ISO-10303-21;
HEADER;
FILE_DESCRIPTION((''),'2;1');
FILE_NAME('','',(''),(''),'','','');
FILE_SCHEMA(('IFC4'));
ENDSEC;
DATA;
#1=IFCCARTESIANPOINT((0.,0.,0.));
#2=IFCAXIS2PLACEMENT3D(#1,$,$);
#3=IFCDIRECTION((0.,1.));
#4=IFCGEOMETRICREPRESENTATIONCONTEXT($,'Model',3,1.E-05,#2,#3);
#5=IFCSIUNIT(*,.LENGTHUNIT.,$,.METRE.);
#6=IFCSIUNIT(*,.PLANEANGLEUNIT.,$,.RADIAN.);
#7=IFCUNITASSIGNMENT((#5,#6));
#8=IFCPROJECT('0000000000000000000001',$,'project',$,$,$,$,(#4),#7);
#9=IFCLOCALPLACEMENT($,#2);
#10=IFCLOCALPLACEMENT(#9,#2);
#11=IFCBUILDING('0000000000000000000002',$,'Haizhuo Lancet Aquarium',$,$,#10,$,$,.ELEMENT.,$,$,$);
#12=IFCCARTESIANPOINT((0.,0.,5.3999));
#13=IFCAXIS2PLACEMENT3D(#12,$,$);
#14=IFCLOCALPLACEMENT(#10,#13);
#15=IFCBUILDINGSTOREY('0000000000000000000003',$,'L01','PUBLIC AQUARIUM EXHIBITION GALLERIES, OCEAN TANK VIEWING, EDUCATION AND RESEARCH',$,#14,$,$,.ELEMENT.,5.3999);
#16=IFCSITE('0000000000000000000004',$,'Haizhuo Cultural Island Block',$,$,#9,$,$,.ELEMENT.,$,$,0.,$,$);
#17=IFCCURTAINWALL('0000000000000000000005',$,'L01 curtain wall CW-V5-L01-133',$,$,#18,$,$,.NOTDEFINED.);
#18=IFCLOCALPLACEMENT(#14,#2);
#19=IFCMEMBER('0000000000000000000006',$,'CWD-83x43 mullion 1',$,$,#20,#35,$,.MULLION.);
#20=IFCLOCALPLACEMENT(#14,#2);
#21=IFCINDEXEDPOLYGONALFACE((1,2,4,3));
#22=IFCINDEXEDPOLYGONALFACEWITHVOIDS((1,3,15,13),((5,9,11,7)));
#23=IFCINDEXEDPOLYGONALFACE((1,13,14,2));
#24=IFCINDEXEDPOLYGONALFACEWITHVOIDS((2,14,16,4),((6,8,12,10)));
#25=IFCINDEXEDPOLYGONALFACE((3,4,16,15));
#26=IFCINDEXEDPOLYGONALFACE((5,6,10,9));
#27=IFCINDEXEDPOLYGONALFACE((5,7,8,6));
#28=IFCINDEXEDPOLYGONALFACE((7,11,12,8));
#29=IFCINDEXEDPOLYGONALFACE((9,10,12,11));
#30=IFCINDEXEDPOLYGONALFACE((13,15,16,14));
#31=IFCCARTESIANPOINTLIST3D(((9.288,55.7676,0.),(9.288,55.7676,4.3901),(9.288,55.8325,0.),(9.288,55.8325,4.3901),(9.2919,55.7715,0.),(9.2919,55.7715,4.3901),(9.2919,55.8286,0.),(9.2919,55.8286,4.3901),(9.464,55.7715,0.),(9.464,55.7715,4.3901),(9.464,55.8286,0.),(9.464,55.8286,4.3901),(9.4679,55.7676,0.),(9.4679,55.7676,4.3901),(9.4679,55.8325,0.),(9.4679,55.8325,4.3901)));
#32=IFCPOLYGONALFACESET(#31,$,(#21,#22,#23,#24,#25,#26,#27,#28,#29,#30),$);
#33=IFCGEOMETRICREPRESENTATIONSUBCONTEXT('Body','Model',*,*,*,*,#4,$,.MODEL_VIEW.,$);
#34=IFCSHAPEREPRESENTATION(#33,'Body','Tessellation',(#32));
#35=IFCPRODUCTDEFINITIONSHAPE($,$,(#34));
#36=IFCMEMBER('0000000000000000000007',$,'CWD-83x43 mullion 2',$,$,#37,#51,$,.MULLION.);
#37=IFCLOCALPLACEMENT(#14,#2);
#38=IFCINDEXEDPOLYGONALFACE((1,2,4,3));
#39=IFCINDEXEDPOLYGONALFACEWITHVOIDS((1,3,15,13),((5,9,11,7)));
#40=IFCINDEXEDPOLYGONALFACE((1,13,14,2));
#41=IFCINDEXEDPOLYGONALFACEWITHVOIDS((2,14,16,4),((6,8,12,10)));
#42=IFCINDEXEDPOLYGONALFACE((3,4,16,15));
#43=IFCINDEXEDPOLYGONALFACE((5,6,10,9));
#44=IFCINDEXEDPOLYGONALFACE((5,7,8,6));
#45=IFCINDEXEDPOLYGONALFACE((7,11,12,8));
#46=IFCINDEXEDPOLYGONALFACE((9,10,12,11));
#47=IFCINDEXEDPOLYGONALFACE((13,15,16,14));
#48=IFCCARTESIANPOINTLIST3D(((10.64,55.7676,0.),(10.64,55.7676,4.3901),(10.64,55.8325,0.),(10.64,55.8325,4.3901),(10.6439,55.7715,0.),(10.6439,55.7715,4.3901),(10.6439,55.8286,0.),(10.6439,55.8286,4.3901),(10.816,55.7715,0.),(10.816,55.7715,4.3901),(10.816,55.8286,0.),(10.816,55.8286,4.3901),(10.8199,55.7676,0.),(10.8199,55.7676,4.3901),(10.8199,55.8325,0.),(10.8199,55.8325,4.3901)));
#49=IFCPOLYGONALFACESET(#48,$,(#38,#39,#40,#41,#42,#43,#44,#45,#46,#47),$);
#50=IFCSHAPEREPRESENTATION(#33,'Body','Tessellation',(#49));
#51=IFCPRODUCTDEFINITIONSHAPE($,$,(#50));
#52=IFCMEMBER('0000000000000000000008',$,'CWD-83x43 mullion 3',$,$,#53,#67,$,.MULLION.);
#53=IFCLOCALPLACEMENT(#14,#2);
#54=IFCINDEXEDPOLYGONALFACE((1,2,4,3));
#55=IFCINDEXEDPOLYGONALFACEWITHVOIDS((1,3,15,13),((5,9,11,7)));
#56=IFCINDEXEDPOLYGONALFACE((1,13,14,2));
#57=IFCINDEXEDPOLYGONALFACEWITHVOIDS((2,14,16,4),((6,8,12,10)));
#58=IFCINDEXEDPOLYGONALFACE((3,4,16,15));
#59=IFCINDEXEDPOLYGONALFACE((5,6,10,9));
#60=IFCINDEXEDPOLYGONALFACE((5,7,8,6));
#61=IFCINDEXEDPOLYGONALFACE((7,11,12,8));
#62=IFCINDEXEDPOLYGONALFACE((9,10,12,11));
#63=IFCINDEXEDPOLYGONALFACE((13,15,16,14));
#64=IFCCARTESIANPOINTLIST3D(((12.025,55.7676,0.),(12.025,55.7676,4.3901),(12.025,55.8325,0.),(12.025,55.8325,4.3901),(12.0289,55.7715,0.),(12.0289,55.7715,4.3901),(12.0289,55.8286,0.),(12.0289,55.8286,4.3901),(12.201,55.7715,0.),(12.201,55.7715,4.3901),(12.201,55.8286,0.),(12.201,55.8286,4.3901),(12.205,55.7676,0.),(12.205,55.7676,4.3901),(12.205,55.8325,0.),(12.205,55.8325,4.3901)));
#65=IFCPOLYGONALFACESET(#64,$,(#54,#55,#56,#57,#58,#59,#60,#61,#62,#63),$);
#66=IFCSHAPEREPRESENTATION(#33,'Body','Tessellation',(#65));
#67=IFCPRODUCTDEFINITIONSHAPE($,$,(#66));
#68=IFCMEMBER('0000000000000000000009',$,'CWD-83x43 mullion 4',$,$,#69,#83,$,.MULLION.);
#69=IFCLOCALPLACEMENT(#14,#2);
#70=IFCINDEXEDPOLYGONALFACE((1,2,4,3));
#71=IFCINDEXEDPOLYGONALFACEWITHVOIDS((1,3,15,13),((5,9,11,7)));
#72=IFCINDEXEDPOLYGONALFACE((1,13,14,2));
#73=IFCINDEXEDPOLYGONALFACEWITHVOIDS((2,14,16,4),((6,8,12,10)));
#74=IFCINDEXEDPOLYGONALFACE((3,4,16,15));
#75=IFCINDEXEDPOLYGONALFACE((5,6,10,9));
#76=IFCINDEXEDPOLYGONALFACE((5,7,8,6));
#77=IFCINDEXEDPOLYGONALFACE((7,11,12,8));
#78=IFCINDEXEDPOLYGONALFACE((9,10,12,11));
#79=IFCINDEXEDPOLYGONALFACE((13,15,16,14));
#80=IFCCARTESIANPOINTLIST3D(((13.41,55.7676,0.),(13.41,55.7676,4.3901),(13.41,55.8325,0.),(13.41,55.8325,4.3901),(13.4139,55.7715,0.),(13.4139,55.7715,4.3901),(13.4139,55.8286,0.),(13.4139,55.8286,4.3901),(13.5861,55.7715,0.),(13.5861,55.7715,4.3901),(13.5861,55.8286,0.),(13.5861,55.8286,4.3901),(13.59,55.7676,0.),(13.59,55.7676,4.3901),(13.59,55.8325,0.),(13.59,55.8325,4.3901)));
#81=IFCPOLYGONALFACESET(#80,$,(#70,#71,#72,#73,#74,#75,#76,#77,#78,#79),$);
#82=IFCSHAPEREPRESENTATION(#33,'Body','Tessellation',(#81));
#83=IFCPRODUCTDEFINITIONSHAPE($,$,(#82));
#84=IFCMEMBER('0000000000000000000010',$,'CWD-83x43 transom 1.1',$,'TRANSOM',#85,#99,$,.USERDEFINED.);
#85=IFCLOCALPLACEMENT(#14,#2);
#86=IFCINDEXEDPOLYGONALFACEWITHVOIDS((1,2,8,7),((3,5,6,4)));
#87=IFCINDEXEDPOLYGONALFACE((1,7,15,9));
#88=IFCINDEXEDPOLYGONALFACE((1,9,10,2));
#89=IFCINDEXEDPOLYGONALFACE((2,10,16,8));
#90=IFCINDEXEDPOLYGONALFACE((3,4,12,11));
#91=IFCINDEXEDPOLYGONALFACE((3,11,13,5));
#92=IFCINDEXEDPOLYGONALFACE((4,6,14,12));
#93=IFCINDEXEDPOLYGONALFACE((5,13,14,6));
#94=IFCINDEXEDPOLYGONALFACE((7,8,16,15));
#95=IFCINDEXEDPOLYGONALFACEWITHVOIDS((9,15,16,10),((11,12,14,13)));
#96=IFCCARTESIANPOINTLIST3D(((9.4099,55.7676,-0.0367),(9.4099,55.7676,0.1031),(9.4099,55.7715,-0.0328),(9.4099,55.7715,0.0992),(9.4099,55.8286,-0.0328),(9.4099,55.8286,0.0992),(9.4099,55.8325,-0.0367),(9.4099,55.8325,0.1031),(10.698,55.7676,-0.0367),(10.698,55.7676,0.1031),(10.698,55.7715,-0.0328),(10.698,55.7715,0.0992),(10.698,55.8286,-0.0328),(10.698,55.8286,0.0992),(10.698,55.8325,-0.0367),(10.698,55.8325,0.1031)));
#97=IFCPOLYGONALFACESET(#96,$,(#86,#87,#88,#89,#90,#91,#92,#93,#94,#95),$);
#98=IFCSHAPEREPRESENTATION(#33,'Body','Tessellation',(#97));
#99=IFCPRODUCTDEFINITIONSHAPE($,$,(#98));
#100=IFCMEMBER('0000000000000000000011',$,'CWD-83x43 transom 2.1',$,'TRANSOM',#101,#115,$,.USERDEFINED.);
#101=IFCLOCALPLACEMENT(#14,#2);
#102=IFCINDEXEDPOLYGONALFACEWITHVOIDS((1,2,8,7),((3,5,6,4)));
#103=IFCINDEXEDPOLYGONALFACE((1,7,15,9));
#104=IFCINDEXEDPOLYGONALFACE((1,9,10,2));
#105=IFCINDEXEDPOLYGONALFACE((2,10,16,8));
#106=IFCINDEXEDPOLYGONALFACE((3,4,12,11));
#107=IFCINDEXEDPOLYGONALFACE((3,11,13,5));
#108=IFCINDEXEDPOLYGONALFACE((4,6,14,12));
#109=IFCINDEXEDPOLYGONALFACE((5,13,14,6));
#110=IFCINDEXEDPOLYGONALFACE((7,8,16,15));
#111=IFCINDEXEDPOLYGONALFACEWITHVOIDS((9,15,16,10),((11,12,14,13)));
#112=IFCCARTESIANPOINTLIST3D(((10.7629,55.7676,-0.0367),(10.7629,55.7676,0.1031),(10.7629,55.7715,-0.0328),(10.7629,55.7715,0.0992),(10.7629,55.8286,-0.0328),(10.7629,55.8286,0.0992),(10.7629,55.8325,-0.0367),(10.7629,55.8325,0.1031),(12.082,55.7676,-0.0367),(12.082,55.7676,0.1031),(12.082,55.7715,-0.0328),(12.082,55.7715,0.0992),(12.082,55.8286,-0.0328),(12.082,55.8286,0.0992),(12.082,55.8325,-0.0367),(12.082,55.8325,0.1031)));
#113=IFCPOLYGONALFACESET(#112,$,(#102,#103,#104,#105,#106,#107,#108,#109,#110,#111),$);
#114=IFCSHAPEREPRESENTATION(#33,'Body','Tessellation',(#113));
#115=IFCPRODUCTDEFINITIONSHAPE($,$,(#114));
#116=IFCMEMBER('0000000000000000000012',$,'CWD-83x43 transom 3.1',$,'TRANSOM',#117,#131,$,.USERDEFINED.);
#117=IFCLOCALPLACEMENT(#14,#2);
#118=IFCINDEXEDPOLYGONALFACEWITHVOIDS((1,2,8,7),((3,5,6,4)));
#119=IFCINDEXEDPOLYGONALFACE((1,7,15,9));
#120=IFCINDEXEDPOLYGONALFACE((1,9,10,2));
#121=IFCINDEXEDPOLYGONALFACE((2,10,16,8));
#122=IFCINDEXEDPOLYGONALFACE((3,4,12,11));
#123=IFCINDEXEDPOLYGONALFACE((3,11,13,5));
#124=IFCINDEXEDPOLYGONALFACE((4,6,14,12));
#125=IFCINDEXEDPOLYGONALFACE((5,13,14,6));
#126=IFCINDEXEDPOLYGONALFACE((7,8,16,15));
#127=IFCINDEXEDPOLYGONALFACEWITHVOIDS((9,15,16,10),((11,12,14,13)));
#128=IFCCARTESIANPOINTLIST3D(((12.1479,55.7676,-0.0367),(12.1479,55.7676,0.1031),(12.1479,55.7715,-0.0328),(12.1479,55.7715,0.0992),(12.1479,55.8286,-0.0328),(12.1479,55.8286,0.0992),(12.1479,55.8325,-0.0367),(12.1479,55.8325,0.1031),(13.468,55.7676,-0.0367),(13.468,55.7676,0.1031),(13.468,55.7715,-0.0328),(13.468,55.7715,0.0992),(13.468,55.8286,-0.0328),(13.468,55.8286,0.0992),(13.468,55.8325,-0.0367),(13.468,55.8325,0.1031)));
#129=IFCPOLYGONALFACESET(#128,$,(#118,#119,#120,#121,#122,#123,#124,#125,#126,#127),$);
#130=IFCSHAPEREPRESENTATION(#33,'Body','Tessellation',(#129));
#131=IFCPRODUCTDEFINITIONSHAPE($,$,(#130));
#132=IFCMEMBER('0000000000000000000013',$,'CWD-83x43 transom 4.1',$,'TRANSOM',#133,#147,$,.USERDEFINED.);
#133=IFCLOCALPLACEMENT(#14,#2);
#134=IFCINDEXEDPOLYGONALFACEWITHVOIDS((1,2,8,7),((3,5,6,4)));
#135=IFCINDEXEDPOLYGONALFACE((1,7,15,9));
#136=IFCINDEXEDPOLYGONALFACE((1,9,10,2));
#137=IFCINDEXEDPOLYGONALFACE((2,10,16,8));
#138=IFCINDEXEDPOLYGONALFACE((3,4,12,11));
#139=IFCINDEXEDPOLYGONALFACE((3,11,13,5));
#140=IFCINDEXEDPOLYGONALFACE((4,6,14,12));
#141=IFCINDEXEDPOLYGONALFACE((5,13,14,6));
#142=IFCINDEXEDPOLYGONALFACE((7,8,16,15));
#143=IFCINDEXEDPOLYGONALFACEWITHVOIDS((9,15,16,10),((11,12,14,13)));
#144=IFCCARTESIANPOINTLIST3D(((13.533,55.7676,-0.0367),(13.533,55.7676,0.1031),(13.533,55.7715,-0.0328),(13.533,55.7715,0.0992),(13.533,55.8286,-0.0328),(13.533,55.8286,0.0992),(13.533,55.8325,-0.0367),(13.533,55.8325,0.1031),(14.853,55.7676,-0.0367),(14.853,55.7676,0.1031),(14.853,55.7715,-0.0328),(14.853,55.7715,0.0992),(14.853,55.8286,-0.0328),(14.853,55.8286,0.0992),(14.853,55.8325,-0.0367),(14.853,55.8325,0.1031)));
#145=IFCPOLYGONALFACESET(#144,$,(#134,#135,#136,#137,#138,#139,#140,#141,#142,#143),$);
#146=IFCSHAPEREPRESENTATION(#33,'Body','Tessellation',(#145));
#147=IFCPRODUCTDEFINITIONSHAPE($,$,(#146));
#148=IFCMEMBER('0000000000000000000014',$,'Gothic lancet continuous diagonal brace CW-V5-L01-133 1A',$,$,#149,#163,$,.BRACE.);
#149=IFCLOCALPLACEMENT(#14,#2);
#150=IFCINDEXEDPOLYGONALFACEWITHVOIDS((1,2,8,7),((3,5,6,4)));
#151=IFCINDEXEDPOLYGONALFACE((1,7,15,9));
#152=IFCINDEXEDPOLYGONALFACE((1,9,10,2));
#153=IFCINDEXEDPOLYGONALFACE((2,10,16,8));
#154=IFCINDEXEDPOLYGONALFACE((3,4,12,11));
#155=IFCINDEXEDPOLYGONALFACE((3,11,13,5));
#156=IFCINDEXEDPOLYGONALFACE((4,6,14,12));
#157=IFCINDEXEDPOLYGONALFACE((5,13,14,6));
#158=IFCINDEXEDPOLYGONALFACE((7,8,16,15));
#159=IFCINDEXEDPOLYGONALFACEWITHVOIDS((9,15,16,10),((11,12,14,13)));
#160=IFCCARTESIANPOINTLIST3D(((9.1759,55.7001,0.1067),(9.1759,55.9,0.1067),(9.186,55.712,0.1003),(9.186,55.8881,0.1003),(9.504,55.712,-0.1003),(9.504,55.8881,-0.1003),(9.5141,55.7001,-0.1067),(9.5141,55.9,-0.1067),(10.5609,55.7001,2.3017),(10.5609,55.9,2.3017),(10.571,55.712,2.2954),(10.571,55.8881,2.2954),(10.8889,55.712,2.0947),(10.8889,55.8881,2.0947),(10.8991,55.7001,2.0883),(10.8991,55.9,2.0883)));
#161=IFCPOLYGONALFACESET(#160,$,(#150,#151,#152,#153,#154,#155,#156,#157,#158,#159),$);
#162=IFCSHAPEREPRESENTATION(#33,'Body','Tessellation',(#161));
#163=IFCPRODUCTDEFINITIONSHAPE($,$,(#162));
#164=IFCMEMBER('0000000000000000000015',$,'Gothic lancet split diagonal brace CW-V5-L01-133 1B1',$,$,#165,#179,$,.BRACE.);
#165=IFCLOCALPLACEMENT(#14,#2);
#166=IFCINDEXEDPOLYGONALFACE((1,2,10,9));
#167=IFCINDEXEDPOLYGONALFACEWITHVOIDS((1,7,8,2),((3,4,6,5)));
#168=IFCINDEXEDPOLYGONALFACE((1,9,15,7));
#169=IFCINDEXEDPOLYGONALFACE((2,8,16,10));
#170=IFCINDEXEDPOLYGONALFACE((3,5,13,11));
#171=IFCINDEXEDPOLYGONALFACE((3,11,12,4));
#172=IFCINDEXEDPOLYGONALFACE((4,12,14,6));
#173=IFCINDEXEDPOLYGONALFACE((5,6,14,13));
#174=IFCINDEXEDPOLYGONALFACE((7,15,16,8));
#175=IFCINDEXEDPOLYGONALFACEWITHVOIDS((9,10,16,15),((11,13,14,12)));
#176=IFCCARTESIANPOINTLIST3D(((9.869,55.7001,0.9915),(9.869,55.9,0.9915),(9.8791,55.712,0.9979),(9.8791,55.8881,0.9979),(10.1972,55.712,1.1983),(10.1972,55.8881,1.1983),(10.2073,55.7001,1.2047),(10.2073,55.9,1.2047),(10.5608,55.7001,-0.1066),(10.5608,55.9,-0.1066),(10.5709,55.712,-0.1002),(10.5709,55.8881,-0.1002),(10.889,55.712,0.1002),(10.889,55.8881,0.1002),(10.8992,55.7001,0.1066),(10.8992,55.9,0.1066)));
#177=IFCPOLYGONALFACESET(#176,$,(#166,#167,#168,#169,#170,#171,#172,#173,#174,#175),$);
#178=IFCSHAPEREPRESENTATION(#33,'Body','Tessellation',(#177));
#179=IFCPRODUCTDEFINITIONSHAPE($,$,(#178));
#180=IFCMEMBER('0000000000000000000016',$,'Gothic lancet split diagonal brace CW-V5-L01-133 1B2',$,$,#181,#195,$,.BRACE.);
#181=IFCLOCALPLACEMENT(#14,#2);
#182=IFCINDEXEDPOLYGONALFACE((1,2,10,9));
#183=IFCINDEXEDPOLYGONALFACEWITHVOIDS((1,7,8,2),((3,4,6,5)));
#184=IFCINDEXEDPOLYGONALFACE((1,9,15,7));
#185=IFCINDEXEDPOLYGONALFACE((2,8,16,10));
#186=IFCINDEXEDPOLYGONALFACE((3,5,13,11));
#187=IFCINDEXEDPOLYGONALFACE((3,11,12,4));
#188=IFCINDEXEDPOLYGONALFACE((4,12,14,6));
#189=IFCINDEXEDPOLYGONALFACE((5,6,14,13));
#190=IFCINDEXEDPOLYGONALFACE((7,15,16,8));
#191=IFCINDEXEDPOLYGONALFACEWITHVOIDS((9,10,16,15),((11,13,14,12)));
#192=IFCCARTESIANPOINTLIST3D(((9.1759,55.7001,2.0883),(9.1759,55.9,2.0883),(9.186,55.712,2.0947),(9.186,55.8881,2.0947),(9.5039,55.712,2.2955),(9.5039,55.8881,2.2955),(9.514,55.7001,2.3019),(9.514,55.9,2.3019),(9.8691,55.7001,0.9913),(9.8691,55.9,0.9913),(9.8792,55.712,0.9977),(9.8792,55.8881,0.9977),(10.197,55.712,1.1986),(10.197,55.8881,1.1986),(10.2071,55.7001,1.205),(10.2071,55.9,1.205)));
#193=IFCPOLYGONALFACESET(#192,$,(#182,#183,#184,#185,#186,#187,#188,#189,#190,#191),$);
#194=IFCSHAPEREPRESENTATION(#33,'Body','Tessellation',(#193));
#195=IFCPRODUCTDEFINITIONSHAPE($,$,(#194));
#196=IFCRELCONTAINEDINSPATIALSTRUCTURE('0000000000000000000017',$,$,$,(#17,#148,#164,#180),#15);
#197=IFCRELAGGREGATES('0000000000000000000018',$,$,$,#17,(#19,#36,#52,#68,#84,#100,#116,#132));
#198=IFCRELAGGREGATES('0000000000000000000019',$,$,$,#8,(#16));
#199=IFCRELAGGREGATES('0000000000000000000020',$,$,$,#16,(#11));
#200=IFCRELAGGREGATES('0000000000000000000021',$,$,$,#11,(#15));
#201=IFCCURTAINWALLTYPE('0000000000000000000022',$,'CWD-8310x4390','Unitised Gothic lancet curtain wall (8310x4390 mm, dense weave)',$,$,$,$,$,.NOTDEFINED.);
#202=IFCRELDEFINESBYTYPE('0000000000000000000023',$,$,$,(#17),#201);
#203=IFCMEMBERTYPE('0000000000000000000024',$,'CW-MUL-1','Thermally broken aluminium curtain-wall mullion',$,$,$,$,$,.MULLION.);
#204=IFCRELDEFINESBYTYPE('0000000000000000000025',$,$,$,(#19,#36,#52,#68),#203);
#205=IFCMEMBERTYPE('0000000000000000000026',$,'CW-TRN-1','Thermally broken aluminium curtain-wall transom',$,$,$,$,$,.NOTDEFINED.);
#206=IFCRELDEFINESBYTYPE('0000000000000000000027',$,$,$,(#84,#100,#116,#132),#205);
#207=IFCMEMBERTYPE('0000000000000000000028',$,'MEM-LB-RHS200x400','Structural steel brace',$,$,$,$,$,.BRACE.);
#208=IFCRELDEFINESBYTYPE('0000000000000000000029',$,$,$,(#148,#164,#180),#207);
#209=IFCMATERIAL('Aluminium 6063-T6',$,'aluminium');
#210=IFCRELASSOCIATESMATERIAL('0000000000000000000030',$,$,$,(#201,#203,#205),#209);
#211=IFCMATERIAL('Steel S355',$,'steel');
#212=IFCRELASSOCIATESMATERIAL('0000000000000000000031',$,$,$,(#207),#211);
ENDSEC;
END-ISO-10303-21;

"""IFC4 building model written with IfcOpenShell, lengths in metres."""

from ifc_helpers import new_model, si_unit, direction, frame, origin, origin_2d, place, context, subcontext, project, spatial, hollow_rectangle, extrude, material, material_profile, profile_set, type_object, element, aggregate, save


model = new_model("IFC4")

# Units and contexts
model_context = context("Model", 3, precision=1e-05, world=origin(), true_north=direction((0.0, 1.0)))
body_context = subcontext(model_context, "Body", "Model", "MODEL_VIEW")
ifc_project = project(units=[si_unit("LENGTHUNIT", "METRE"), si_unit("PLANEANGLEUNIT", "RADIAN")], contexts=[model_context])

# Site, building, storey
site_placement = place(None, origin())
site = spatial("IfcSite", under=ifc_project, at=site_placement, Name="Haizhuo Cultural Island Block", CompositionType="ELEMENT", RefElevation=0.0)
building_placement = place(site_placement, origin())
building = spatial("IfcBuilding", under=site, at=building_placement, Name="Haizhuo Lancet Aquarium", CompositionType="ELEMENT")
storey_placement = place(building_placement, frame((0.0, 0.0, 5.3999)))
storey = spatial("IfcBuildingStorey", under=building, at=storey_placement, Name="L01", Description="PUBLIC AQUARIUM EXHIBITION GALLERIES, OCEAN TANK VIEWING, EDUCATION AND RESEARCH", CompositionType="ELEMENT", Elevation=5.3999)

# Curtain wall, members
ifc_material_1 = material(Name="Aluminium 6063-T6", Category="aluminium")
curtain_wall_type = type_object("IfcCurtainWallType", Name="CWD-8310x4390", Description="Unitised Gothic lancet curtain wall (8310x4390 mm, dense weave)", PredefinedType="NOTDEFINED", material=ifc_material_1)
curtain_wall_placement = place(storey_placement, origin())
curtain_wall = element("IfcCurtainWall", 1, at=curtain_wall_placement, inside=storey, type_object=curtain_wall_type, Name="L01 curtain wall CW-V5-L01-133", PredefinedType="NOTDEFINED")
ifc_material_profile_1 = material_profile(ifc_material_1, hollow_rectangle(XDim=0.0649, YDim=0.1799, WallThickness=0.0039, at=origin_2d()), Name="ALU-M 65x180x4")
ifc_profile_set_1 = profile_set([ifc_material_profile_1], Name="Aluminium 6063-T6")
member_type_1 = type_object("IfcMemberType", Name="CW-MUL-1", Description="Thermally broken aluminium curtain-wall mullion", PredefinedType="MULLION", material=ifc_profile_set_1)
member_1_placement = place(storey_placement, frame((9.3779, 55.8, 0.0), z_axis=(0.0, 0.0, 1.0), x_axis=(0.0, 1.0, 0.0)))
member_1 = element("IfcMember", 2, at=member_1_placement, type_object=member_type_1, Name="CWD-83x43 mullion 1", PredefinedType="MULLION", context=body_context, shape_type="SweptSolid", body=[
    extrude(hollow_rectangle(XDim=0.0649, YDim=0.1799, WallThickness=0.0039, at=origin_2d()), origin(), (0.0, 0.0, 1.0), 4.3901),
])
member_2_placement = place(storey_placement, frame((10.73, 55.8, 0.0), z_axis=(0.0, 0.0, 1.0), x_axis=(0.0, 1.0, 0.0)))
member_2 = element("IfcMember", 3, at=member_2_placement, type_object=member_type_1, Name="CWD-83x43 mullion 2", PredefinedType="MULLION", context=body_context, shape_type="SweptSolid", body=[
    extrude(hollow_rectangle(XDim=0.0649, YDim=0.1799, WallThickness=0.0039, at=origin_2d()), origin(), (0.0, 0.0, 1.0), 4.3901),
])
member_3_placement = place(storey_placement, frame((12.115, 55.8, 0.0), z_axis=(0.0, 0.0, 1.0), x_axis=(0.0, 1.0, 0.0)))
member_3 = element("IfcMember", 4, at=member_3_placement, type_object=member_type_1, Name="CWD-83x43 mullion 3", PredefinedType="MULLION", context=body_context, shape_type="SweptSolid", body=[
    extrude(hollow_rectangle(XDim=0.0649, YDim=0.1799, WallThickness=0.0039, at=origin_2d()), origin(), (0.0, 0.0, 1.0), 4.3901),
])
member_4_placement = place(storey_placement, frame((13.5, 55.8, 0.0), z_axis=(0.0, 0.0, 1.0), x_axis=(0.0, 1.0, 0.0)))
member_4 = element("IfcMember", 5, at=member_4_placement, type_object=member_type_1, Name="CWD-83x43 mullion 4", PredefinedType="MULLION", context=body_context, shape_type="SweptSolid", body=[
    extrude(hollow_rectangle(XDim=0.0649, YDim=0.1799, WallThickness=0.0039, at=origin_2d()), origin(), (0.0, 0.0, 1.0), 4.3901),
])
ifc_material_profile_2 = material_profile(ifc_material_1, hollow_rectangle(XDim=0.0649, YDim=0.1399, WallThickness=0.0039, at=origin_2d()), Name="ALU-T 65x140x4")
ifc_profile_set_2 = profile_set([ifc_material_profile_2], Name="Aluminium 6063-T6")
member_type_2 = type_object("IfcMemberType", Name="CW-TRN-1", Description="Thermally broken aluminium curtain-wall transom", PredefinedType="NOTDEFINED", material=ifc_profile_set_2)
member_5_placement = place(storey_placement, frame((9.4099, 55.8, 0.0332), z_axis=(1.0, 0.0, 0.0), x_axis=(0.0, 1.0, 0.0)))
member_5 = element("IfcMember", 6, at=member_5_placement, type_object=member_type_2, Name="CWD-83x43 transom 1.1", ObjectType="TRANSOM", PredefinedType="USERDEFINED", context=body_context, shape_type="SweptSolid", body=[
    extrude(hollow_rectangle(XDim=0.0649, YDim=0.1399, WallThickness=0.0039, at=origin_2d()), origin(), (0.0, 0.0, 1.0), 1.2881),
])
member_6_placement = place(storey_placement, frame((10.7629, 55.8, 0.0332), z_axis=(1.0, 0.0, 0.0), x_axis=(0.0, 1.0, 0.0)))
member_6 = element("IfcMember", 7, at=member_6_placement, type_object=member_type_2, Name="CWD-83x43 transom 2.1", ObjectType="TRANSOM", PredefinedType="USERDEFINED", context=body_context, shape_type="SweptSolid", body=[
    extrude(hollow_rectangle(XDim=0.0649, YDim=0.1399, WallThickness=0.0039, at=origin_2d()), origin(), (0.0, 0.0, 1.0), 1.3191),
])
member_7_placement = place(storey_placement, frame((12.1479, 55.8, 0.0332), z_axis=(1.0, 0.0, 0.0), x_axis=(0.0, 1.0, 0.0)))
member_7 = element("IfcMember", 8, at=member_7_placement, type_object=member_type_2, Name="CWD-83x43 transom 3.1", ObjectType="TRANSOM", PredefinedType="USERDEFINED", context=body_context, shape_type="SweptSolid", body=[
    extrude(hollow_rectangle(XDim=0.0649, YDim=0.1399, WallThickness=0.0039, at=origin_2d()), origin(), (0.0, 0.0, 1.0), 1.3201),
])
member_8_placement = place(storey_placement, frame((13.533, 55.8, 0.0332), z_axis=(1.0, 0.0, 0.0), x_axis=(0.0, 1.0, 0.0)))
member_8 = element("IfcMember", 9, at=member_8_placement, type_object=member_type_2, Name="CWD-83x43 transom 4.1", ObjectType="TRANSOM", PredefinedType="USERDEFINED", context=body_context, shape_type="SweptSolid", body=[
    extrude(hollow_rectangle(XDim=0.0649, YDim=0.1399, WallThickness=0.0039, at=origin_2d()), origin(), (0.0, 0.0, 1.0), 1.3201),
])

# Members
ifc_material_2 = material(Name="Steel S355", Category="steel")
ifc_material_profile_3 = material_profile(ifc_material_2, hollow_rectangle(XDim=0.2, YDim=0.3999, WallThickness=0.012, at=origin_2d()), Name="RHS 200x400x12")
ifc_profile_set_3 = profile_set([ifc_material_profile_3], Name="Steel S355")
member_type_3 = type_object("IfcMemberType", Name="MEM-LB-RHS200x400", Description="Structural steel brace", PredefinedType="BRACE", material=ifc_profile_set_3)
member_9_placement = place(storey_placement, frame((9.345, 55.8, 0.0), z_axis=(0.533621, 0.0, 0.845724), x_axis=(0.0, 1.0, 0.0)))
element("IfcMember", 10, at=member_9_placement, inside=storey, type_object=member_type_3, Name="Gothic lancet continuous diagonal brace CW-V5-L01-133 1A", PredefinedType="BRACE", context=body_context, shape_type="SweptSolid", body=[
    extrude(hollow_rectangle(XDim=0.2, YDim=0.3999, WallThickness=0.012, at=origin_2d()), origin(), (0.0, 0.0, 1.0), 2.5955),
])
member_10_placement = place(storey_placement, frame((10.73, 55.8, 0.0), z_axis=(-0.533073, 0.0, 0.846069), x_axis=(0.0, -1.0, 0.0)))
element("IfcMember", 11, at=member_10_placement, inside=storey, type_object=member_type_3, Name="Gothic lancet split diagonal brace CW-V5-L01-133 1B1", PredefinedType="BRACE", context=body_context, shape_type="SweptSolid", body=[
    extrude(hollow_rectangle(XDim=0.2, YDim=0.3999, WallThickness=0.012, at=origin_2d()), origin(), (0.0, 0.0, 1.0), 1.2979),
])
member_11_placement = place(storey_placement, frame((10.0381, 55.8, 1.0981), z_axis=(-0.53417, 0.0, 0.845377), x_axis=(0.0, -1.0, 0.0)))
element("IfcMember", 12, at=member_11_placement, inside=storey, type_object=member_type_3, Name="Gothic lancet split diagonal brace CW-V5-L01-133 1B2", PredefinedType="BRACE", context=body_context, shape_type="SweptSolid", body=[
    extrude(hollow_rectangle(XDim=0.2, YDim=0.3999, WallThickness=0.012, at=origin_2d()), origin(), (0.0, 0.0, 1.0), 1.2976),
])

aggregate(curtain_wall, [member_1, member_2, member_3, member_4, member_5, member_6, member_7, member_8])

save(model, "model.ifc")
